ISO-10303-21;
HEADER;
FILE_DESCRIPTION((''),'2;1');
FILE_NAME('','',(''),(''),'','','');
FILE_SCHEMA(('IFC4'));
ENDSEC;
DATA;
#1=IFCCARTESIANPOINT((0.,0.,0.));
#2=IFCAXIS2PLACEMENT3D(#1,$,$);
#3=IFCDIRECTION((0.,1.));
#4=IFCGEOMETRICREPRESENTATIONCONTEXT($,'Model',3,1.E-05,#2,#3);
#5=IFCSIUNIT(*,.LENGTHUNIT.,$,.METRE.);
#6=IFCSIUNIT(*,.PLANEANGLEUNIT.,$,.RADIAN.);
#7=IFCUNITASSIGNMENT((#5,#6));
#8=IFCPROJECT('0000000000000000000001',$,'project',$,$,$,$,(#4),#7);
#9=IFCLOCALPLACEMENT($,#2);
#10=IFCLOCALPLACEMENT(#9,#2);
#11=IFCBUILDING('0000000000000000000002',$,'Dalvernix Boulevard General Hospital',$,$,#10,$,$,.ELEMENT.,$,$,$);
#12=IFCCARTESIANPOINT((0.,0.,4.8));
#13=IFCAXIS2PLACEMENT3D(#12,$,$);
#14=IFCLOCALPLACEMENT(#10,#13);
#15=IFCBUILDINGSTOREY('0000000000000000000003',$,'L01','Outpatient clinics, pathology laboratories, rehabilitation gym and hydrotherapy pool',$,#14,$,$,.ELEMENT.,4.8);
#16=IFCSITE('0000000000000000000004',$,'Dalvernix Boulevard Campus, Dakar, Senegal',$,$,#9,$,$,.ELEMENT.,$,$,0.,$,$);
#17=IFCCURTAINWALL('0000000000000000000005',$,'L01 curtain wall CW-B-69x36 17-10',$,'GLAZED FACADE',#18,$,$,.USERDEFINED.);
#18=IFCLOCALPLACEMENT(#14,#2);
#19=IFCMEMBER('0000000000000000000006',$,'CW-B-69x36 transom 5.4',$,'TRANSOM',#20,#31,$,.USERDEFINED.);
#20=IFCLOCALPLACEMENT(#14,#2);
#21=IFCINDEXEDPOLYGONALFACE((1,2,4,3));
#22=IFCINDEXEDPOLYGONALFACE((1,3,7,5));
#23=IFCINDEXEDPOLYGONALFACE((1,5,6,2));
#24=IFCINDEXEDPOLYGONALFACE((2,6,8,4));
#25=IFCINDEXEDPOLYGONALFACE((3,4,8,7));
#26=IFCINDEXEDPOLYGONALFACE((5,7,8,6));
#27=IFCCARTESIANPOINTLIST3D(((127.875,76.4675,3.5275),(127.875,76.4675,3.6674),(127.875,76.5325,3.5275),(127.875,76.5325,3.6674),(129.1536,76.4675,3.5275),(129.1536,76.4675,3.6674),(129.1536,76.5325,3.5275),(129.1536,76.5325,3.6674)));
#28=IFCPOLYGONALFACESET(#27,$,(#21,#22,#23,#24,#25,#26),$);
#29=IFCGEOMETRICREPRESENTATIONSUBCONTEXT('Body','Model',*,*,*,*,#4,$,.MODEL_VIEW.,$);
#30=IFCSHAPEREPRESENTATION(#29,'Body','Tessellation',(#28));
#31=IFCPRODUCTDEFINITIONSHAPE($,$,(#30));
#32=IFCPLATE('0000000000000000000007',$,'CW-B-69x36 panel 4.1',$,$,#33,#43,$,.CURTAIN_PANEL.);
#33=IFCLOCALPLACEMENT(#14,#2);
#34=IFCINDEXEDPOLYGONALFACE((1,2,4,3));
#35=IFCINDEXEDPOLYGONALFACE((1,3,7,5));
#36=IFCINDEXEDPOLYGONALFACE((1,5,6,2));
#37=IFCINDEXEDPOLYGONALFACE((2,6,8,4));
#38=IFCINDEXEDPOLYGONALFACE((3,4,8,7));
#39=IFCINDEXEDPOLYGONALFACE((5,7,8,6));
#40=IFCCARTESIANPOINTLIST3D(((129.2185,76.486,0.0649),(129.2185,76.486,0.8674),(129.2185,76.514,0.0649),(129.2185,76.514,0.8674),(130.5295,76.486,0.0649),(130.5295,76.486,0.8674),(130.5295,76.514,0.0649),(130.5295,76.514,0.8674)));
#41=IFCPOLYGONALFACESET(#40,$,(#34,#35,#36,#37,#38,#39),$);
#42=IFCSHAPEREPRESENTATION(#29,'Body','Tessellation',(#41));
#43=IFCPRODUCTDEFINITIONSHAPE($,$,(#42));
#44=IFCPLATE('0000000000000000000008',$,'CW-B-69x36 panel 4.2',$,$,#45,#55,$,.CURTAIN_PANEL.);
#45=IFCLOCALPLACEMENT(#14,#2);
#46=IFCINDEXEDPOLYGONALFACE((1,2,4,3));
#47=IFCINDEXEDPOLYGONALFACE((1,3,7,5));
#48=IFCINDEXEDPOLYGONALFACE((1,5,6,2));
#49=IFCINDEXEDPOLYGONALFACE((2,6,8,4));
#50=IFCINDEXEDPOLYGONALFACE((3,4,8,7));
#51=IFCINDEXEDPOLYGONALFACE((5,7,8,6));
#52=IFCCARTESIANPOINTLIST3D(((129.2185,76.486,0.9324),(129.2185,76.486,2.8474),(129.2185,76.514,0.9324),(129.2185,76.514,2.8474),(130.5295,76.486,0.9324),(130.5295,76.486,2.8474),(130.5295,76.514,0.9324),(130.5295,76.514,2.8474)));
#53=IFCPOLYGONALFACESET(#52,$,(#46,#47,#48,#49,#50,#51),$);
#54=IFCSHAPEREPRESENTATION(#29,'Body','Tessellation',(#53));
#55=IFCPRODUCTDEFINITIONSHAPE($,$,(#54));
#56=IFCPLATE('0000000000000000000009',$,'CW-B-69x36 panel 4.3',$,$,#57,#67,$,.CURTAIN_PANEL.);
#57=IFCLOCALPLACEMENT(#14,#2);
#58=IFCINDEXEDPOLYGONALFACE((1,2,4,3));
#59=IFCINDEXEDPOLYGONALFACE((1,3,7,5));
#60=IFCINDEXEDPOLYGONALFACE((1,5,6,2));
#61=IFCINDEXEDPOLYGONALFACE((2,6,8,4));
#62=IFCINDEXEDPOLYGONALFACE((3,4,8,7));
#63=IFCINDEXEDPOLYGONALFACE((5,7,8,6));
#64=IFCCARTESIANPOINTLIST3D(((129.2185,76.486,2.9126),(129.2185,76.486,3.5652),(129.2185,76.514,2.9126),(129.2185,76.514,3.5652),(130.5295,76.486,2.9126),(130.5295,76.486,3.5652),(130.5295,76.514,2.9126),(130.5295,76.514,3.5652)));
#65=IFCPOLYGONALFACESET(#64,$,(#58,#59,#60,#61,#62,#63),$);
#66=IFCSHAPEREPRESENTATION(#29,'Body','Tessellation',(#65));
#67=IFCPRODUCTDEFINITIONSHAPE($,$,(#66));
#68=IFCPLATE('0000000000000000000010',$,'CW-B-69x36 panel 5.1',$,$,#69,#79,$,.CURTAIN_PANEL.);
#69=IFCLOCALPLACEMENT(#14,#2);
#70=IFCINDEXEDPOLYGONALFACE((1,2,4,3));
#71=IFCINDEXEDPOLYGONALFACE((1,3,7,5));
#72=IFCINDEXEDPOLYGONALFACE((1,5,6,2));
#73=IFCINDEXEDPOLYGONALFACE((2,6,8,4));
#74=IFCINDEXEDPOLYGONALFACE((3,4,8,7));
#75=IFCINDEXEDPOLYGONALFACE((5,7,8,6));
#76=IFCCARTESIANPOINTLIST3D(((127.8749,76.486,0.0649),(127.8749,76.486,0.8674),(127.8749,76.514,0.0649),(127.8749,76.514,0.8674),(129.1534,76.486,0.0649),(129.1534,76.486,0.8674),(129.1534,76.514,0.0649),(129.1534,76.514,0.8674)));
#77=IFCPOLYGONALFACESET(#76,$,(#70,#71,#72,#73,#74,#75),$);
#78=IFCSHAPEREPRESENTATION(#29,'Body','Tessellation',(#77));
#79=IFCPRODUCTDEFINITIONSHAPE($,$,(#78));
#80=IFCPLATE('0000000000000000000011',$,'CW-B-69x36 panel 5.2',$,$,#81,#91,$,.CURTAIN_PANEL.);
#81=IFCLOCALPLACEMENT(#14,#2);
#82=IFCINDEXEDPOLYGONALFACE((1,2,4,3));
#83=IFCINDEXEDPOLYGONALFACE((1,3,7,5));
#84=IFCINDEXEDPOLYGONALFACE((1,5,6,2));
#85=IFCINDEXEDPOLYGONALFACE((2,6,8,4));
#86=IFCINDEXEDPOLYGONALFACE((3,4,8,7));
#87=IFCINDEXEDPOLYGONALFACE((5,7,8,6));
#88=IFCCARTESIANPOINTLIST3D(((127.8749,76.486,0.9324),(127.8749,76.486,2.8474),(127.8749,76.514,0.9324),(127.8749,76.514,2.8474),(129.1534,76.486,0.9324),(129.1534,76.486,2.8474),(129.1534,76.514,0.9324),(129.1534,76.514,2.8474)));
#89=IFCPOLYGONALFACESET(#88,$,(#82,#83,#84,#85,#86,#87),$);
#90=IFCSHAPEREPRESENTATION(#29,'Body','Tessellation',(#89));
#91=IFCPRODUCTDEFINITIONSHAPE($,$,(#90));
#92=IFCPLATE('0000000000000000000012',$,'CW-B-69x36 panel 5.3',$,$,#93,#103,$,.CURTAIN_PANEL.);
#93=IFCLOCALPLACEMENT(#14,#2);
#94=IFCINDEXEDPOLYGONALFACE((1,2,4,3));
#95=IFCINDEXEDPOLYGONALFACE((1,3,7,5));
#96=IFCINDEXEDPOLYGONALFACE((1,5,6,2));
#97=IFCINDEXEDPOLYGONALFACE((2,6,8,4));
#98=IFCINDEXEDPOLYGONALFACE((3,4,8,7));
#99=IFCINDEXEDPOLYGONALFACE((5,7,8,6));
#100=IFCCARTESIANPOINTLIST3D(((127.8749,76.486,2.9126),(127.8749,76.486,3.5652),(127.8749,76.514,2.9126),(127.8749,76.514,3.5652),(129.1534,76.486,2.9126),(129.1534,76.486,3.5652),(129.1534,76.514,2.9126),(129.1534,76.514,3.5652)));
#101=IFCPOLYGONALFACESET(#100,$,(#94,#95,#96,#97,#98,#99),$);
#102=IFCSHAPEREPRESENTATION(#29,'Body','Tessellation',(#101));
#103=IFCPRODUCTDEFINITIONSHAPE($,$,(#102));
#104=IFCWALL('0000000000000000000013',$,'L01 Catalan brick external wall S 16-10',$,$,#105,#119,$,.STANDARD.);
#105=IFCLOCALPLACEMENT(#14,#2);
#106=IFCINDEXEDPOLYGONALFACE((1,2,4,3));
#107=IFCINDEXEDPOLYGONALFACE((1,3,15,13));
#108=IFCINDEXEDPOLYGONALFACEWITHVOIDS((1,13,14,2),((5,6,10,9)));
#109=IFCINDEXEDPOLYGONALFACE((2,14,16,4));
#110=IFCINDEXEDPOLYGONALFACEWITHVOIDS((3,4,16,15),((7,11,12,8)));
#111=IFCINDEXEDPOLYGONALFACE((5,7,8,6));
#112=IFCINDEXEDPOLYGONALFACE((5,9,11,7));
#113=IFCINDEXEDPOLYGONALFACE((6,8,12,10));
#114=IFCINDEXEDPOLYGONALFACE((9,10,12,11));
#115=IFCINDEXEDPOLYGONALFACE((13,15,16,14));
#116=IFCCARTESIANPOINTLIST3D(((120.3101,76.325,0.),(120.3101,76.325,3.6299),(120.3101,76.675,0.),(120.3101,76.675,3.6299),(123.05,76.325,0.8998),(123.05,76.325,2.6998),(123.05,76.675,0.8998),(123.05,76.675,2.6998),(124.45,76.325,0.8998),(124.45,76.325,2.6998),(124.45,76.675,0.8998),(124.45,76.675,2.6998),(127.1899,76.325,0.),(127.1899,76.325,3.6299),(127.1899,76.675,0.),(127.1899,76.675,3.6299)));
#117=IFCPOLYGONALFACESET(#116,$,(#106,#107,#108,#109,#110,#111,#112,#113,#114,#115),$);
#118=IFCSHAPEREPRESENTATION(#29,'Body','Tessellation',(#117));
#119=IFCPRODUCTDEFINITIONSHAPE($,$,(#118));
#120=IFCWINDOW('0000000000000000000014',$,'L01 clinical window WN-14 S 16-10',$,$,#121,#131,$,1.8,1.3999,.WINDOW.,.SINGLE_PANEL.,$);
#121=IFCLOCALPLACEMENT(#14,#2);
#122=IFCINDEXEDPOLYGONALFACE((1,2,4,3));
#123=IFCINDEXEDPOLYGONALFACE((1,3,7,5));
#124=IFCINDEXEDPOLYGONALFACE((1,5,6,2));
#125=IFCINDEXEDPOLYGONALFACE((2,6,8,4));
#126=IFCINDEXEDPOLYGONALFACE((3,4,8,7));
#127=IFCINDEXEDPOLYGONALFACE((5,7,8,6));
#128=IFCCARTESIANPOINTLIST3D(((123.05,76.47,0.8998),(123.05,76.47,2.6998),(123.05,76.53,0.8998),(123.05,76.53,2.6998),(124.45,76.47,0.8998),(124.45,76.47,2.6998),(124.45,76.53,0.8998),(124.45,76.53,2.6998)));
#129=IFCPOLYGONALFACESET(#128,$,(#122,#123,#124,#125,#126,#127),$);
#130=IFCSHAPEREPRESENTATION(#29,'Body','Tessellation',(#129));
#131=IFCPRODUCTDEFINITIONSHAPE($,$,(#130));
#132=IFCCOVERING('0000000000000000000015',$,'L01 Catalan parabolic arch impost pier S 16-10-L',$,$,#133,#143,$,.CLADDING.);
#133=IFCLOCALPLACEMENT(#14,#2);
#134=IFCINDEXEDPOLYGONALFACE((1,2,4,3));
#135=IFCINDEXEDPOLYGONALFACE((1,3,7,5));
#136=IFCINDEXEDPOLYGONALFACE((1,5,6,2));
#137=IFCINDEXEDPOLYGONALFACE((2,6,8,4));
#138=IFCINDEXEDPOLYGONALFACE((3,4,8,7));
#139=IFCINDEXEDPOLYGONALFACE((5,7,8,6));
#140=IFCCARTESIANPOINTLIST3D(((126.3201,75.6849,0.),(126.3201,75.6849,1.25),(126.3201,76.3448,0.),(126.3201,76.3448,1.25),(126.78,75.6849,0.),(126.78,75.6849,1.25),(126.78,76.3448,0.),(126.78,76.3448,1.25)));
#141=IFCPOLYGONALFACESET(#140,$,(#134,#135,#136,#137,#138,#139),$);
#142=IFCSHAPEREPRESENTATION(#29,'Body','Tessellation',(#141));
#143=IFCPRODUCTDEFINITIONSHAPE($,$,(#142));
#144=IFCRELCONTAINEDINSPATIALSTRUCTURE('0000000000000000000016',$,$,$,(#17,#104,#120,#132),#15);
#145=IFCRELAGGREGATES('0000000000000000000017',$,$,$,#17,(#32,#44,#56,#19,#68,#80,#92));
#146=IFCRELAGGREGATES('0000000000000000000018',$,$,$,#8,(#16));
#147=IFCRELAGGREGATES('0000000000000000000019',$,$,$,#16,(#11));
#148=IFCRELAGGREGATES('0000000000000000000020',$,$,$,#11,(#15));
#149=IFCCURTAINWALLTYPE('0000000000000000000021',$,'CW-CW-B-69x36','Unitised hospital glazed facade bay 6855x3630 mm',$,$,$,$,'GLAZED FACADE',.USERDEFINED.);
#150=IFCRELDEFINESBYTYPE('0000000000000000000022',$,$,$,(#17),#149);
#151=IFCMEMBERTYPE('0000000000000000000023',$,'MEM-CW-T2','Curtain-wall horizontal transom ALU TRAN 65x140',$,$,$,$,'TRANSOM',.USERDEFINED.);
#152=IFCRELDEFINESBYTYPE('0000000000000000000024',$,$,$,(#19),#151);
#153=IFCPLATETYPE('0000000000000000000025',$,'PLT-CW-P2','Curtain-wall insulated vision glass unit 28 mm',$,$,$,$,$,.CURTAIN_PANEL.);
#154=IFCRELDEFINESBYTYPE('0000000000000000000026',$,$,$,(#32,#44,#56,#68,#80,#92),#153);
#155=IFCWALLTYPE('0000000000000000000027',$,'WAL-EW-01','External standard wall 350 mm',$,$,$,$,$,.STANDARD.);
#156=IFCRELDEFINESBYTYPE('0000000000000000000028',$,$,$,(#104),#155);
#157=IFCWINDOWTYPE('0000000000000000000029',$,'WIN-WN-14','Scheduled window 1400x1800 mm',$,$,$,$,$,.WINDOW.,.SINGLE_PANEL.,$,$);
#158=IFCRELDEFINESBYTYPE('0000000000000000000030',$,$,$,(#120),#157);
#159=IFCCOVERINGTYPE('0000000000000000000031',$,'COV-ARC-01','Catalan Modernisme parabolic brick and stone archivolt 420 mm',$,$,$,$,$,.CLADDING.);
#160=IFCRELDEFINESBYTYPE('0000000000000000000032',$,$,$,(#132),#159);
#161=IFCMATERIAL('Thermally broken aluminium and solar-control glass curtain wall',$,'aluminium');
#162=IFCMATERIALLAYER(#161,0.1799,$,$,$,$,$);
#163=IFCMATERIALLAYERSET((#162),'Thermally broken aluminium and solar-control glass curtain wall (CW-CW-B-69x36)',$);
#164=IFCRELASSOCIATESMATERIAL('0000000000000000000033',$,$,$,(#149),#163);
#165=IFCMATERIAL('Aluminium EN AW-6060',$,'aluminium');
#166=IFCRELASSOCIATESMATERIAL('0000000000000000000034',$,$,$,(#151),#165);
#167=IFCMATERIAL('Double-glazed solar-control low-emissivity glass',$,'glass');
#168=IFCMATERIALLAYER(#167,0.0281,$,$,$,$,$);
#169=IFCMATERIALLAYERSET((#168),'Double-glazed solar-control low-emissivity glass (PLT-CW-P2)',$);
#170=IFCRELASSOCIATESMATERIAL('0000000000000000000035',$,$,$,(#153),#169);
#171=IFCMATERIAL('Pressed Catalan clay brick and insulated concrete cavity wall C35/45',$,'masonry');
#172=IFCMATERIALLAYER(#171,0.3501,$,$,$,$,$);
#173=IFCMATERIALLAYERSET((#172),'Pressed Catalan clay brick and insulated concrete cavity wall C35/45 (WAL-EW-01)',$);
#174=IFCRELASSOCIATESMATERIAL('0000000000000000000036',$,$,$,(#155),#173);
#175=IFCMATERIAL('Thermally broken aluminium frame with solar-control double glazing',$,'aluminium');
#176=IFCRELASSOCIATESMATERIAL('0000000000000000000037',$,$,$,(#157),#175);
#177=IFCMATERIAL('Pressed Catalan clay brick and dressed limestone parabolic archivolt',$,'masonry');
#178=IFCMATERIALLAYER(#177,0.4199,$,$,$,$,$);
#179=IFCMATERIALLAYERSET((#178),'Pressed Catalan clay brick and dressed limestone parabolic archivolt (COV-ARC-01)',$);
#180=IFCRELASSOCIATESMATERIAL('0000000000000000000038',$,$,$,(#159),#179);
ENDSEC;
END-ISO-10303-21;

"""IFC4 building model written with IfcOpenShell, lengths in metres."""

from ifc_helpers import new_model, si_unit, direction, frame, frame_2d, origin, origin_2d, place, context, subcontext, project, spatial, rectangle, extrude, material, layer, layer_set, material_profile, profile_set, type_object, element, fill, aggregate, save


model = new_model("IFC4")

# Units and contexts
model_context = context("Model", 3, precision=1e-05, world=origin(), true_north=direction((0.0, 1.0)))
body_context = subcontext(model_context, "Body", "Model", "MODEL_VIEW")
ifc_project = project(units=[si_unit("LENGTHUNIT", "METRE"), si_unit("PLANEANGLEUNIT", "RADIAN")], contexts=[model_context])

# Site, building, storey
site_placement = place(None, origin())
site = spatial("IfcSite", under=ifc_project, at=site_placement, Name="Dalvernix Boulevard Campus, Dakar, Senegal", CompositionType="ELEMENT", RefElevation=0.0)
building_placement = place(site_placement, origin())
building = spatial("IfcBuilding", under=site, at=building_placement, Name="Dalvernix Boulevard General Hospital", CompositionType="ELEMENT")
storey_placement = place(building_placement, frame((0.0, 0.0, 4.8)))
storey = spatial("IfcBuildingStorey", under=building, at=storey_placement, Name="L01", Description="Outpatient clinics, pathology laboratories, rehabilitation gym and hydrotherapy pool", CompositionType="ELEMENT", Elevation=4.8)

# Curtain wall, member, plates
ifc_material_1 = material(Name="Thermally broken aluminium and solar-control glass curtain wall", Category="aluminium")
ifc_layer_1 = layer(ifc_material_1, 0.1799)
ifc_layer_set_1 = layer_set([ifc_layer_1], Name="Thermally broken aluminium and solar-control glass curtain wall (CW-CW-B-69x36)")
curtain_wall_type = type_object("IfcCurtainWallType", Name="CW-CW-B-69x36", Description="Unitised hospital glazed facade bay 6855x3630 mm", ElementType="GLAZED FACADE", PredefinedType="USERDEFINED", material=ifc_layer_set_1)
curtain_wall_placement = place(storey_placement, origin())
curtain_wall = element("IfcCurtainWall", 1, at=curtain_wall_placement, inside=storey, type_object=curtain_wall_type, Name="L01 curtain wall CW-B-69x36 17-10", ObjectType="GLAZED FACADE", PredefinedType="USERDEFINED")
ifc_material_2 = material(Name="Aluminium EN AW-6060", Category="aluminium")
ifc_material_profile_1 = material_profile(ifc_material_2, rectangle(XDim=0.0649, YDim=0.1399, at=origin_2d()), Name="ALU TRAN 65x140")
ifc_profile_set_1 = profile_set([ifc_material_profile_1], Name="Aluminium EN AW-6060")
member_type_1 = type_object("IfcMemberType", Name="MEM-CW-T2", Description="Curtain-wall horizontal transom ALU TRAN 65x140", ElementType="TRANSOM", PredefinedType="USERDEFINED", material=ifc_profile_set_1)
member_1_placement = place(storey_placement, frame((129.1536, 76.5, 3.5974), z_axis=(-1.0, 0.0, 0.0), x_axis=(0.0, -1.0, 0.0)))
member_1 = element("IfcMember", 2, at=member_1_placement, type_object=member_type_1, Name="CW-B-69x36 transom 5.4", ObjectType="TRANSOM", PredefinedType="USERDEFINED", context=body_context, shape_type="SweptSolid", body=[
    extrude(rectangle(XDim=0.0649, YDim=0.1399, at=origin_2d()), origin(), (0.0, 0.0, 1.0), 1.2786),
])
ifc_material_3 = material(Name="Double-glazed solar-control low-emissivity glass", Category="glass")
ifc_layer_2 = layer(ifc_material_3, 0.0281)
ifc_layer_set_2 = layer_set([ifc_layer_2], Name="Double-glazed solar-control low-emissivity glass (PLT-CW-P2)")
plate_type = type_object("IfcPlateType", Name="PLT-CW-P2", Description="Curtain-wall insulated vision glass unit 28 mm", PredefinedType="CURTAIN_PANEL", material=ifc_layer_set_2)
plate_1_placement = place(storey_placement, frame((129.874, 76.5, 0.0649), z_axis=(0.0, 0.0, 1.0), x_axis=(-1.0, 0.0, 0.0)))
plate_1 = element("IfcPlate", 3, at=plate_1_placement, type_object=plate_type, Name="CW-B-69x36 panel 4.1", PredefinedType="CURTAIN_PANEL", context=body_context, shape_type="SweptSolid", body=[
    extrude(rectangle(XDim=1.311, YDim=0.0281, at=origin_2d()), origin(), (0.0, 0.0, 1.0), 0.8025),
])
plate_2_placement = place(storey_placement, frame((129.874, 76.5, 0.9324), z_axis=(0.0, 0.0, 1.0), x_axis=(-1.0, 0.0, 0.0)))
plate_2 = element("IfcPlate", 4, at=plate_2_placement, type_object=plate_type, Name="CW-B-69x36 panel 4.2", PredefinedType="CURTAIN_PANEL", context=body_context, shape_type="SweptSolid", body=[
    extrude(rectangle(XDim=1.311, YDim=0.0281, at=origin_2d()), origin(), (0.0, 0.0, 1.0), 1.915),
])
plate_3_placement = place(storey_placement, frame((129.874, 76.5, 2.9126), z_axis=(0.0, 0.0, 1.0), x_axis=(-1.0, 0.0, 0.0)))
plate_3 = element("IfcPlate", 5, at=plate_3_placement, type_object=plate_type, Name="CW-B-69x36 panel 4.3", PredefinedType="CURTAIN_PANEL", context=body_context, shape_type="SweptSolid", body=[
    extrude(rectangle(XDim=1.311, YDim=0.0281, at=origin_2d()), origin(), (0.0, 0.0, 1.0), 0.6526),
])
plate_4_placement = place(storey_placement, frame((128.5142, 76.5, 0.0649), z_axis=(0.0, 0.0, 1.0), x_axis=(-1.0, 0.0, 0.0)))
plate_4 = element("IfcPlate", 6, at=plate_4_placement, type_object=plate_type, Name="CW-B-69x36 panel 5.1", PredefinedType="CURTAIN_PANEL", context=body_context, shape_type="SweptSolid", body=[
    extrude(rectangle(XDim=1.2786, YDim=0.0281, at=origin_2d()), origin(), (0.0, 0.0, 1.0), 0.8025),
])
plate_5_placement = place(storey_placement, frame((128.5142, 76.5, 0.9324), z_axis=(0.0, 0.0, 1.0), x_axis=(-1.0, 0.0, 0.0)))
plate_5 = element("IfcPlate", 7, at=plate_5_placement, type_object=plate_type, Name="CW-B-69x36 panel 5.2", PredefinedType="CURTAIN_PANEL", context=body_context, shape_type="SweptSolid", body=[
    extrude(rectangle(XDim=1.2786, YDim=0.0281, at=origin_2d()), origin(), (0.0, 0.0, 1.0), 1.915),
])
plate_6_placement = place(storey_placement, frame((128.5142, 76.5, 2.9126), z_axis=(0.0, 0.0, 1.0), x_axis=(-1.0, 0.0, 0.0)))
plate_6 = element("IfcPlate", 8, at=plate_6_placement, type_object=plate_type, Name="CW-B-69x36 panel 5.3", PredefinedType="CURTAIN_PANEL", context=body_context, shape_type="SweptSolid", body=[
    extrude(rectangle(XDim=1.2786, YDim=0.0281, at=origin_2d()), origin(), (0.0, 0.0, 1.0), 0.6526),
])
aggregate(curtain_wall, [plate_1, plate_2, plate_3, member_1, plate_4, plate_5, plate_6])

# Wall, opening, window
ifc_material_4 = material(Name="Pressed Catalan clay brick and insulated concrete cavity wall C35/45", Category="masonry")
ifc_layer_3 = layer(ifc_material_4, 0.3501)
ifc_layer_set_3 = layer_set([ifc_layer_3], Name="Pressed Catalan clay brick and insulated concrete cavity wall C35/45 (WAL-EW-01)")
wall_type = type_object("IfcWallType", Name="WAL-EW-01", Description="External standard wall 350 mm", PredefinedType="STANDARD", material=ifc_layer_set_3)
wall_placement = place(storey_placement, frame((127.1899, 76.5, 0.0), z_axis=(0.0, 0.0, 1.0), x_axis=(-1.0, 0.0, 0.0)))
wall = element("IfcWall", 9, at=wall_placement, inside=storey, type_object=wall_type, Name="L01 Catalan brick external wall S 16-10", PredefinedType="STANDARD", context=body_context, shape_type="SweptSolid", body=[
    extrude(rectangle(XDim=6.8799, YDim=0.3501, at=frame_2d((3.4399, 0.0))), origin(), (0.0, 0.0, 1.0), 3.6299),
])
opening_placement = place(wall_placement, frame((2.74, 0.0, 0.8999)))
opening = element("IfcOpeningElement", 10, at=opening_placement, cuts=wall, PredefinedType="OPENING", context=body_context, shape_type="SweptSolid", body=[
    extrude(rectangle(XDim=1.3999, YDim=1.8, at=frame_2d((0.7, 0.8999))), frame((0.0, 0.1851, 0.0), z_axis=(0.0, -1.0, 0.0), x_axis=(1.0, 0.0, 0.0)), (0.0, 0.0, 1.0), 0.3701),
])
ifc_material_5 = material(Name="Thermally broken aluminium frame with solar-control double glazing", Category="aluminium")
window_type = type_object("IfcWindowType", Name="WIN-WN-14", Description="Scheduled window 1400x1800 mm", PartitioningType="SINGLE_PANEL", PredefinedType="WINDOW", material=ifc_material_5)
window_placement = place(opening_placement, origin())
window = element("IfcWindow", 11, at=window_placement, inside=storey, type_object=window_type, Name="L01 clinical window WN-14 S 16-10", OverallHeight=1.8, OverallWidth=1.3999, PartitioningType="SINGLE_PANEL", PredefinedType="WINDOW", context=body_context, shape_type="SweptSolid", body=[
    extrude(rectangle(XDim=1.3999, YDim=1.8, at=frame_2d((0.7, 0.8999))), frame((0.0, 0.03, 0.0), z_axis=(0.0, -1.0, 0.0), x_axis=(1.0, 0.0, 0.0)), (0.0, 0.0, 1.0), 0.0601),
])
fill(opening, window)

# Covering
ifc_material_6 = material(Name="Pressed Catalan clay brick and dressed limestone parabolic archivolt", Category="masonry")
ifc_layer_4 = layer(ifc_material_6, 0.4199)
ifc_layer_set_4 = layer_set([ifc_layer_4], Name="Pressed Catalan clay brick and dressed limestone parabolic archivolt (COV-ARC-01)")
covering_type = type_object("IfcCoveringType", Name="COV-ARC-01", Description="Catalan Modernisme parabolic brick and stone archivolt 420 mm", PredefinedType="CLADDING", material=ifc_layer_set_4)
covering_placement = place(storey_placement, frame((126.55, 76.0149, 0.0), z_axis=(0.0, 0.0, 1.0), x_axis=(-1.0, 0.0, 0.0)))
element("IfcCovering", 12, at=covering_placement, inside=storey, type_object=covering_type, Name="L01 Catalan parabolic arch impost pier S 16-10-L", PredefinedType="CLADDING", context=body_context, shape_type="SweptSolid", body=[
    extrude(rectangle(XDim=0.46, YDim=0.6599, at=origin_2d()), origin(), (0.0, 0.0, 1.0), 1.25),
])

save(model, "model.ifc")
